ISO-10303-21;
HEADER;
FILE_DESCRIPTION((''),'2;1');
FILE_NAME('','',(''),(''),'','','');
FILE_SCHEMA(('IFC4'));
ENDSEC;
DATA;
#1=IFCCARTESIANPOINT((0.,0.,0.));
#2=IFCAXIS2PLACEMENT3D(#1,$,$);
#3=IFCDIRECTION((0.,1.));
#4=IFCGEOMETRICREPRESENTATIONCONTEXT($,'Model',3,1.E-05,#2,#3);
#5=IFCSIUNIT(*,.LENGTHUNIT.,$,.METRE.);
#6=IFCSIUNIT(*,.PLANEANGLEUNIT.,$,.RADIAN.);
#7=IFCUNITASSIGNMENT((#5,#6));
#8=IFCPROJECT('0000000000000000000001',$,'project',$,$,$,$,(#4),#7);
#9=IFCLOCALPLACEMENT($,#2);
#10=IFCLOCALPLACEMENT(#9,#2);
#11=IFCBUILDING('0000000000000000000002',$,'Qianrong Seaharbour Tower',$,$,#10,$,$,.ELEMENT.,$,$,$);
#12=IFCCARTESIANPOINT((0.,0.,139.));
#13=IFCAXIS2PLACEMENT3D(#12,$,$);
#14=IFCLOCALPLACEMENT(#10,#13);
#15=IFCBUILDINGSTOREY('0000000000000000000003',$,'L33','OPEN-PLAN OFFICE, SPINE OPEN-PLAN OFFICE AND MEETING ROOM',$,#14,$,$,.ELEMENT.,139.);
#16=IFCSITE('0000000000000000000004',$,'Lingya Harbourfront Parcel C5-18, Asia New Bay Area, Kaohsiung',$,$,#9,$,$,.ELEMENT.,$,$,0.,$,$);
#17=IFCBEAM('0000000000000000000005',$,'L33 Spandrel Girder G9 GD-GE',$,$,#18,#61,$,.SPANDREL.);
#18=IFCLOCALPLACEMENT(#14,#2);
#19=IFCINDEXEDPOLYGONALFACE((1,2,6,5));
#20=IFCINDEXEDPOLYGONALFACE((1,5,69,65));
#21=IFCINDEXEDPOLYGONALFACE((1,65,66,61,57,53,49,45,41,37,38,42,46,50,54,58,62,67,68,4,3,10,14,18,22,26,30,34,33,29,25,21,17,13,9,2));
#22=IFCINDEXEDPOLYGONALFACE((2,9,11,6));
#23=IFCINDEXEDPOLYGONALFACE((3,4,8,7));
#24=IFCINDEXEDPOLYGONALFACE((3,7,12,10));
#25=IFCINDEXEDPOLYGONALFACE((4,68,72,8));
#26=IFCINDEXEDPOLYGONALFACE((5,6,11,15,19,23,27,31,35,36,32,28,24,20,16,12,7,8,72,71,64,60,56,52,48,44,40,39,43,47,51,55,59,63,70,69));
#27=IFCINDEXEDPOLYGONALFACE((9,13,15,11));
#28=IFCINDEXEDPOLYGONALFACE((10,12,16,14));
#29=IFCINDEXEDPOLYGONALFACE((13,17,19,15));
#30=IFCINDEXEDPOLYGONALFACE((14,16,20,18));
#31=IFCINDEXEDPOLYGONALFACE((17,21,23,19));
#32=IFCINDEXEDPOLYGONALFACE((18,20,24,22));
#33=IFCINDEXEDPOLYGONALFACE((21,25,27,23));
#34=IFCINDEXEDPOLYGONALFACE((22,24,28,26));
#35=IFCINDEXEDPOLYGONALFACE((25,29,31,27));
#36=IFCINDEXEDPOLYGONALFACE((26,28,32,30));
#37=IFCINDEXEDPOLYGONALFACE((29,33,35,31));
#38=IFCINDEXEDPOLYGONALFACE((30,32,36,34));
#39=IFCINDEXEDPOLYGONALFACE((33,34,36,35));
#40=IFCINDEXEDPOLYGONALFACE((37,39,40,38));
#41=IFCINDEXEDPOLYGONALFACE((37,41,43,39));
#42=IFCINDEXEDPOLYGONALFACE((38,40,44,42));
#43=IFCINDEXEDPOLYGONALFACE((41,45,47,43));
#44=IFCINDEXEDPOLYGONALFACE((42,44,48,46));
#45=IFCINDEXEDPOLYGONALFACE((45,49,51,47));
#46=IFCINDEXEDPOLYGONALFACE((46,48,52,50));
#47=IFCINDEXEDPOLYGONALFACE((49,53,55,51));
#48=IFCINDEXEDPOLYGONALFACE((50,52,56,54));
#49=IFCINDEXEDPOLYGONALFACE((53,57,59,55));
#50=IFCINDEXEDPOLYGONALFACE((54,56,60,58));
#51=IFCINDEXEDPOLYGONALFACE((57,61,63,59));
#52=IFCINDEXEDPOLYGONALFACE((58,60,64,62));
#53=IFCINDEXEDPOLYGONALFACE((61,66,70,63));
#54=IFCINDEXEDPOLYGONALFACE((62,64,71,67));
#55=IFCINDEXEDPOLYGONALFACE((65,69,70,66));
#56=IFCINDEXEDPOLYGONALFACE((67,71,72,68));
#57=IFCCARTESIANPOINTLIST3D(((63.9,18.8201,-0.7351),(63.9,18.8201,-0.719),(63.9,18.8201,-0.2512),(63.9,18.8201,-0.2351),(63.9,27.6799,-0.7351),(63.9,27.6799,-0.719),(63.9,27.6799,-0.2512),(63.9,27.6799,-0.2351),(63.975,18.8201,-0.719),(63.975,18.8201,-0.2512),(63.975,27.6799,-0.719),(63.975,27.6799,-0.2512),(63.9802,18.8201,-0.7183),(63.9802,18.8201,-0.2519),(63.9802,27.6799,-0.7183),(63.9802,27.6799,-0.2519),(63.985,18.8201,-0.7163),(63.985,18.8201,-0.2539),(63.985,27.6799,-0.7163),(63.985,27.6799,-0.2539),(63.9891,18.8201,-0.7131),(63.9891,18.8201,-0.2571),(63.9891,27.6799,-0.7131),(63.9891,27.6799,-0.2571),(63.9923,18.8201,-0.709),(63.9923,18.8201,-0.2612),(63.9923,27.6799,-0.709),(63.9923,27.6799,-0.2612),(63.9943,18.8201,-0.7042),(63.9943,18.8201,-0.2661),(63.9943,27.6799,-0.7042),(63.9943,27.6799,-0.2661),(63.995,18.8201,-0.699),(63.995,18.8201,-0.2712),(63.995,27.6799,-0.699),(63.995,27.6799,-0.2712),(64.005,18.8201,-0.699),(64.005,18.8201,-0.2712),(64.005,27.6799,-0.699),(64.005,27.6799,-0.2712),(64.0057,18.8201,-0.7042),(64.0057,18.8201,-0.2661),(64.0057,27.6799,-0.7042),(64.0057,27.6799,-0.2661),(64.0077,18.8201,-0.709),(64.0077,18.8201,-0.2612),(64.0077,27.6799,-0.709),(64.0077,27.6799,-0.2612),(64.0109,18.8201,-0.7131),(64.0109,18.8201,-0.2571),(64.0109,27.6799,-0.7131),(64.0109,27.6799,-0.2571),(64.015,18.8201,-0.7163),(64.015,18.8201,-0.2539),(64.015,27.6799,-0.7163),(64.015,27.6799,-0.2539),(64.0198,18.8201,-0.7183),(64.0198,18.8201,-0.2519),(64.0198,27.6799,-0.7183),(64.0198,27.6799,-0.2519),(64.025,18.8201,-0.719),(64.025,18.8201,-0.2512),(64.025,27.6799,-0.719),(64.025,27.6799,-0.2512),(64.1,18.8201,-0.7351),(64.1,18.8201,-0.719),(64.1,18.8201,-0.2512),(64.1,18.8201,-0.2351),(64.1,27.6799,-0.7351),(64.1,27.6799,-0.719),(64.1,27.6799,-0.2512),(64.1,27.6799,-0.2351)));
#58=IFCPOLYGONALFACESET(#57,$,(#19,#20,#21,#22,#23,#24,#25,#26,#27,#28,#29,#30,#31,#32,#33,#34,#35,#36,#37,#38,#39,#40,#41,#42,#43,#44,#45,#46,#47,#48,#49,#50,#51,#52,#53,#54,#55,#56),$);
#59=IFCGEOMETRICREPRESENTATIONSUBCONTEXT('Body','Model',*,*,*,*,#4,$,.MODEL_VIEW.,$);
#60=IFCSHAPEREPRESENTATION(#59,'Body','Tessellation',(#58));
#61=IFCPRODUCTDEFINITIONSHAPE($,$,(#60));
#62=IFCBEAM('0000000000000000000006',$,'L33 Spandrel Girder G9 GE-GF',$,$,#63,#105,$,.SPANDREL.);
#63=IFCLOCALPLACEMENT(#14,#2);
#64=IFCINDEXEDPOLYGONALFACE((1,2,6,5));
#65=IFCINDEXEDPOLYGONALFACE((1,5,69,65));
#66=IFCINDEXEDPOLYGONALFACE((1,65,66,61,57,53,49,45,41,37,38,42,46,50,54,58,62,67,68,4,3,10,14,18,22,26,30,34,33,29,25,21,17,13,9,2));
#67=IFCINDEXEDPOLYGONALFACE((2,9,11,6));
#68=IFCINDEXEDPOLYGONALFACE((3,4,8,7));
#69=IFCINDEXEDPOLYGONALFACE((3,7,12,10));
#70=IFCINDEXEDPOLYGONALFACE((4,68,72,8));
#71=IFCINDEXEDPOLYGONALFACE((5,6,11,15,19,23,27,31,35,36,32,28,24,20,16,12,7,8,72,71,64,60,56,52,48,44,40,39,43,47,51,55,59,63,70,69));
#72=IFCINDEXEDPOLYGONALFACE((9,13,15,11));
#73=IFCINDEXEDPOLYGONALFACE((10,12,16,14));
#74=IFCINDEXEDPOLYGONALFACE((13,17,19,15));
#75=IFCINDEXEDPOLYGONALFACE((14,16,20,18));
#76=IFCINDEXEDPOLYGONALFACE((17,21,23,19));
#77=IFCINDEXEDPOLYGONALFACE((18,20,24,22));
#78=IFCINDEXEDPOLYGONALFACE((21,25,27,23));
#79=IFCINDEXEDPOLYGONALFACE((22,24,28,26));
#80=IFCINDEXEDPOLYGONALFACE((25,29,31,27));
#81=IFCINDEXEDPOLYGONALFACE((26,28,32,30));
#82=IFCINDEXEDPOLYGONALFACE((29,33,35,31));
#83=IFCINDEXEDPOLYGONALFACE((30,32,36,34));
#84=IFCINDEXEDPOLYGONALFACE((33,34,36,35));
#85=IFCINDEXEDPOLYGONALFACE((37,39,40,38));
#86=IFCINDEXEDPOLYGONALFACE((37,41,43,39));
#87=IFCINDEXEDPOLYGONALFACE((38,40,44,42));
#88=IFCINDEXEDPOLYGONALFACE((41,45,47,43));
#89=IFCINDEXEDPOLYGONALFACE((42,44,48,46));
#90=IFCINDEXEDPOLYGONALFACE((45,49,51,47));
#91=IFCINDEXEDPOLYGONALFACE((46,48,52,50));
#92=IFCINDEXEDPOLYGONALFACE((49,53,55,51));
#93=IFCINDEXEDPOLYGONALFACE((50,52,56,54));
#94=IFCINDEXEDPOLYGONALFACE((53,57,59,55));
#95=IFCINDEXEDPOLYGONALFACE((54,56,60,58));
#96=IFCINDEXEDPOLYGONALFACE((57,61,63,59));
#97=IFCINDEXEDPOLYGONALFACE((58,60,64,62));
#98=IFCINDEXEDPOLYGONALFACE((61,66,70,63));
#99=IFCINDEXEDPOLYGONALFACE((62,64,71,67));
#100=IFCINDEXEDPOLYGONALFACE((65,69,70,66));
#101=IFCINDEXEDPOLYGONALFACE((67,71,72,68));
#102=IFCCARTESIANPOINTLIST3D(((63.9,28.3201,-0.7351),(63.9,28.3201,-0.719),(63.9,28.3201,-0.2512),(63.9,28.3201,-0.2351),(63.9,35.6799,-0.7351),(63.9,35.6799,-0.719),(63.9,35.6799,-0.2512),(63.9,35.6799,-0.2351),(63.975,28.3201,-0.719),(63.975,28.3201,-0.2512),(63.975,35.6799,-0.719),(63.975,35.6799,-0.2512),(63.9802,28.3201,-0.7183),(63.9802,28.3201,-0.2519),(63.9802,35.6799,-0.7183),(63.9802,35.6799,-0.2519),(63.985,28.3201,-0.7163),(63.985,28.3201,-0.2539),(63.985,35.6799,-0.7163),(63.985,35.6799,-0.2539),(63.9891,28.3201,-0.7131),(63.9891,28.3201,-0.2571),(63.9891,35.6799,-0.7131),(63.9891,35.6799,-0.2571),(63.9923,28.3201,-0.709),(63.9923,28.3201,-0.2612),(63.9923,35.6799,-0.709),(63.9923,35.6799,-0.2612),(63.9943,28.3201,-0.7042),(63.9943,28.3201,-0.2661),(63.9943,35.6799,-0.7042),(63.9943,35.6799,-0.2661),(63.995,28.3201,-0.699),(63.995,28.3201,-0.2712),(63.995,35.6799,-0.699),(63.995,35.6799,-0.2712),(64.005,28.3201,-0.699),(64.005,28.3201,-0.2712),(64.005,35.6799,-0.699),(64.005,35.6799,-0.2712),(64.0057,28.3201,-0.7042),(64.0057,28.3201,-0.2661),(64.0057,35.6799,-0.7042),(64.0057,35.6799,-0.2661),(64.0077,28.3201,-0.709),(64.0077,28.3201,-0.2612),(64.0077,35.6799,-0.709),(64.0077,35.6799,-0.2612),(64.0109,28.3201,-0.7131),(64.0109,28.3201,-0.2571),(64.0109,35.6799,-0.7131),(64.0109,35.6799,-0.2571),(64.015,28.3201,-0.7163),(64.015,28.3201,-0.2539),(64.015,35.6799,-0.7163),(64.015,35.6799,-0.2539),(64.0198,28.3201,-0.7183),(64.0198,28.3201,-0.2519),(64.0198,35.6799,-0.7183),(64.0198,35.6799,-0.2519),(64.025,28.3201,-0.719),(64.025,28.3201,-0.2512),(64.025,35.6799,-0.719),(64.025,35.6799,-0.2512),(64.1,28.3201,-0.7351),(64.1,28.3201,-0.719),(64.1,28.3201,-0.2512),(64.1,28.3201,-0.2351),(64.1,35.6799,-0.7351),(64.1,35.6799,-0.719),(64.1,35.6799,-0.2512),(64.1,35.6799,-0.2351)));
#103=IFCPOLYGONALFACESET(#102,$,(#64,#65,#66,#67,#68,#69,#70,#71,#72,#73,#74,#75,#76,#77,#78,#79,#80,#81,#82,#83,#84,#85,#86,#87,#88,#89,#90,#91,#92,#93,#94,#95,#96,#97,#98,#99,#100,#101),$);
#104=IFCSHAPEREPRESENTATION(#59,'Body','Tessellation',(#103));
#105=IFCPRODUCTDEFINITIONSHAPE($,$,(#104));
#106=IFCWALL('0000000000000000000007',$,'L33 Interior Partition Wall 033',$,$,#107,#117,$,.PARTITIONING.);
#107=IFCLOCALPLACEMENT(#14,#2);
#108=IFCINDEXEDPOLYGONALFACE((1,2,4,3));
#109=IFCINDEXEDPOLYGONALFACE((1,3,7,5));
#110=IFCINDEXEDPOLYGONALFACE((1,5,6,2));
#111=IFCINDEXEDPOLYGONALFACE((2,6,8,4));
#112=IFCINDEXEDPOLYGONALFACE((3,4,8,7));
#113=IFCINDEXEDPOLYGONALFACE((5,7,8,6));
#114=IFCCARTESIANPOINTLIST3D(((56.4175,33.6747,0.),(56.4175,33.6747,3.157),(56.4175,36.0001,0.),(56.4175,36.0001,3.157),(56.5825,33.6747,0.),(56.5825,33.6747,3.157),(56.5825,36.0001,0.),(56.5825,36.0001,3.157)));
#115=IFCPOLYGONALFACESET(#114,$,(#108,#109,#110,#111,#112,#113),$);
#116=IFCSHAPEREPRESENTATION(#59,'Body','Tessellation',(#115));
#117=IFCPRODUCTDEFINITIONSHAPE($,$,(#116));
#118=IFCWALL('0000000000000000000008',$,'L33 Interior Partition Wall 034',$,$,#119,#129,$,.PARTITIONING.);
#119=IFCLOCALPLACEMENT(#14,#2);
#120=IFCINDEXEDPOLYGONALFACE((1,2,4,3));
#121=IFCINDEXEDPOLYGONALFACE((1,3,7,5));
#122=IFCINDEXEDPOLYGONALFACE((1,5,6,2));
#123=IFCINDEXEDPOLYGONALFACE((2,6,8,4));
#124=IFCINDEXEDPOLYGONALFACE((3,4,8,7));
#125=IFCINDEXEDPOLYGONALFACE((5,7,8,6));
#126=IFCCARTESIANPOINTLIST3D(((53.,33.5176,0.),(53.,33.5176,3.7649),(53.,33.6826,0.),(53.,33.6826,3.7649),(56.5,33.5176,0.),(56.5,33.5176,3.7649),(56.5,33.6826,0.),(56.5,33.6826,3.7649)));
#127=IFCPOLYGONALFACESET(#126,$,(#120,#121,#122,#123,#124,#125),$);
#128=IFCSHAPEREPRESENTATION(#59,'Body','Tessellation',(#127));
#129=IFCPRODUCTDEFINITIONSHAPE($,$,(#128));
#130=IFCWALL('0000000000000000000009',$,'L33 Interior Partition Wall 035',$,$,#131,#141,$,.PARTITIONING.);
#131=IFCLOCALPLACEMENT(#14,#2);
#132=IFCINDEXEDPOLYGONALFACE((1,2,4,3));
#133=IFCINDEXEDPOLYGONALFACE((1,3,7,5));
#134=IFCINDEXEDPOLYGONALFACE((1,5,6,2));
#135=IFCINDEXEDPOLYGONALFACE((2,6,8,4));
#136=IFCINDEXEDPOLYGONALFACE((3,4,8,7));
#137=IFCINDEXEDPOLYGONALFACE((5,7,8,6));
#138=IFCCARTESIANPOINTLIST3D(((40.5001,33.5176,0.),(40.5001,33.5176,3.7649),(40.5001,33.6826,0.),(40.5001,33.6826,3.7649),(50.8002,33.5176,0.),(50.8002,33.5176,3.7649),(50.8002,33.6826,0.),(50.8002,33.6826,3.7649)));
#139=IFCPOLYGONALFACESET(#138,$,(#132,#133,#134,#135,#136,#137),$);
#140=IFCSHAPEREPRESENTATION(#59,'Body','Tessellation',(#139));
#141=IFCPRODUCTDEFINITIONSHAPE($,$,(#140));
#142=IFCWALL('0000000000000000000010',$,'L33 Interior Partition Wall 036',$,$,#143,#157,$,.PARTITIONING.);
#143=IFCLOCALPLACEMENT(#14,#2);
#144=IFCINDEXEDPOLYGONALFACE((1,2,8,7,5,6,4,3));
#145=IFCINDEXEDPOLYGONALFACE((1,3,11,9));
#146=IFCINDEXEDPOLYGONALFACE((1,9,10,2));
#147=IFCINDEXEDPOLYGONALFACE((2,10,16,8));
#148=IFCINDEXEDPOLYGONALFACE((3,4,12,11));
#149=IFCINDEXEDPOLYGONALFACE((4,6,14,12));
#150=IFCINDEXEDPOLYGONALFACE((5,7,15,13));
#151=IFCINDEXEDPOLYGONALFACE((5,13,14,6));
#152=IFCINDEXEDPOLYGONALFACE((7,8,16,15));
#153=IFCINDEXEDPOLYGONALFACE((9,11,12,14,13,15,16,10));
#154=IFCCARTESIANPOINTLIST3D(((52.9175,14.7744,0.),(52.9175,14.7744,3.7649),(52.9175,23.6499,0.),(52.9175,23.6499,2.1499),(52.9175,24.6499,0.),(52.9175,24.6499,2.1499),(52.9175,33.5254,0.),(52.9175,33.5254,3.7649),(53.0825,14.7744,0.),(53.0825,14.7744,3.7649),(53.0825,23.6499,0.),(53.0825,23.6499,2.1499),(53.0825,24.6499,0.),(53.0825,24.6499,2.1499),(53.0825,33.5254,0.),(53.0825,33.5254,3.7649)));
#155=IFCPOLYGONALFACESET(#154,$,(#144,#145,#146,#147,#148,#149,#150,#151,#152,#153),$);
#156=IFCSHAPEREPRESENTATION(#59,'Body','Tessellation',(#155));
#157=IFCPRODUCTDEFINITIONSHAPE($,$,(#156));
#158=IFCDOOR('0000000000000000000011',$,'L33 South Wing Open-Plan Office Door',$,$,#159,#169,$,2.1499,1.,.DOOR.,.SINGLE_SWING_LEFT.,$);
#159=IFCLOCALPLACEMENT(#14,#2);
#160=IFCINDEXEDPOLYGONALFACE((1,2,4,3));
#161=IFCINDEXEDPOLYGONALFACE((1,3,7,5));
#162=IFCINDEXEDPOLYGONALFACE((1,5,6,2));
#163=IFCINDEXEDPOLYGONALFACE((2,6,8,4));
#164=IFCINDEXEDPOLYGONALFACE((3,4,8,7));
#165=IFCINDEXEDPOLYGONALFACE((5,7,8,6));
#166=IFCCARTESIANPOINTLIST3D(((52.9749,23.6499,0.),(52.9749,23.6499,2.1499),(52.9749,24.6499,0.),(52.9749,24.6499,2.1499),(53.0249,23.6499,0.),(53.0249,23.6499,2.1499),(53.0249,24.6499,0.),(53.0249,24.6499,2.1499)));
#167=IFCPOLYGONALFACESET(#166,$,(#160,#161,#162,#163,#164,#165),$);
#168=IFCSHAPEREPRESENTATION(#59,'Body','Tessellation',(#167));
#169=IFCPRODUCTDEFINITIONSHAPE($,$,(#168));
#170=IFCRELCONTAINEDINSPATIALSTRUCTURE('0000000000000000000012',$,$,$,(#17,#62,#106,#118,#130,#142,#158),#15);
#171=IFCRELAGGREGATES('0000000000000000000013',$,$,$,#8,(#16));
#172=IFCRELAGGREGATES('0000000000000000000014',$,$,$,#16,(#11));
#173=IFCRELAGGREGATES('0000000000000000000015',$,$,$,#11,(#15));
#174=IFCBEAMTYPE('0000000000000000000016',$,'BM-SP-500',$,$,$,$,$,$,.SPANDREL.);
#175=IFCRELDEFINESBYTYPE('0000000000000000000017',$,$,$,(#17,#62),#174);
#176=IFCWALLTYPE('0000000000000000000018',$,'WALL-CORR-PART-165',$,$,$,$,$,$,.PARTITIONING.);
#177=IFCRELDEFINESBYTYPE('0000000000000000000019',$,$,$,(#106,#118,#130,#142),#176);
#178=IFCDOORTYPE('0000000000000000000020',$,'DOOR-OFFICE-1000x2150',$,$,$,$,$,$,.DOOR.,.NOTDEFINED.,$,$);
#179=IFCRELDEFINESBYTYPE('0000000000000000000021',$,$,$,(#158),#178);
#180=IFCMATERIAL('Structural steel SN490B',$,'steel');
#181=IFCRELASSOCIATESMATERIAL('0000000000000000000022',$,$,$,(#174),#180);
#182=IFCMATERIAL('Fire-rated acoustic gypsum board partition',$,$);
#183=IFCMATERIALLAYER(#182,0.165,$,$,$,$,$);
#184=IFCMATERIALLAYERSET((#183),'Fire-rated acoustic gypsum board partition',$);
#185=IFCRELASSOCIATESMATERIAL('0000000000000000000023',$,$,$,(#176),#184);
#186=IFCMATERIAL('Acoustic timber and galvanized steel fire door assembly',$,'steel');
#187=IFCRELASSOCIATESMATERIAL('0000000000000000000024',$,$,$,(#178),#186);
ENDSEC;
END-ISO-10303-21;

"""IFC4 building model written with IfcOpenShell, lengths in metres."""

from ifc_helpers import new_model, si_unit, direction, frame, frame_2d, origin, origin_2d, place, context, subcontext, project, spatial, rectangle, i_section, extrude, material, layer, layer_set, material_profile, profile_set, type_object, element, fill, save


model = new_model("IFC4")

# Units and contexts
model_context = context("Model", 3, precision=1e-05, world=origin(), true_north=direction((0.0, 1.0)))
body_context = subcontext(model_context, "Body", "Model", "MODEL_VIEW")
ifc_project = project(units=[si_unit("LENGTHUNIT", "METRE"), si_unit("PLANEANGLEUNIT", "RADIAN")], contexts=[model_context])

# Site, building, storey
site_placement = place(None, origin())
site = spatial("IfcSite", under=ifc_project, at=site_placement, Name="Lingya Harbourfront Parcel C5-18, Asia New Bay Area, Kaohsiung", CompositionType="ELEMENT", RefElevation=0.0)
building_placement = place(site_placement, origin())
building = spatial("IfcBuilding", under=site, at=building_placement, Name="Qianrong Seaharbour Tower", CompositionType="ELEMENT")
storey_placement = place(building_placement, frame((0.0, 0.0, 139.0)))
storey = spatial("IfcBuildingStorey", under=building, at=storey_placement, Name="L33", Description="OPEN-PLAN OFFICE, SPINE OPEN-PLAN OFFICE AND MEETING ROOM", CompositionType="ELEMENT", Elevation=139.0)

# Shared definitions
ifc_material_1 = material(Name="Structural steel SN490B", Category="steel")

# Beams
ifc_material_profile_1 = material_profile(ifc_material_1, i_section(OverallWidth=0.2, OverallDepth=0.5, WebThickness=0.01, FlangeThickness=0.0161, FilletRadius=0.02, at=origin_2d()), Name="H500x200x10x16")
ifc_profile_set_1 = profile_set([ifc_material_profile_1], Name="Structural steel SN490B")
beam_type_1 = type_object("IfcBeamType", Name="BM-SP-500", PredefinedType="SPANDREL", material=ifc_profile_set_1)
beam_1_placement = place(storey_placement, frame((64.0, 18.8201, -0.4851), z_axis=(0.0, 1.0, 0.0), x_axis=(-1.0, 0.0, 0.0)))
element("IfcBeam", 1, at=beam_1_placement, inside=storey, type_object=beam_type_1, Name="L33 Spandrel Girder G9 GD-GE", PredefinedType="SPANDREL", context=body_context, shape_type="SweptSolid", body=[
    extrude(i_section(OverallWidth=0.2, OverallDepth=0.5, WebThickness=0.01, FlangeThickness=0.0161, FilletRadius=0.02, at=origin_2d()), origin(), (0.0, 0.0, 1.0), 8.8599),
])
beam_2_placement = place(storey_placement, frame((64.0, 28.3201, -0.4851), z_axis=(0.0, 1.0, 0.0), x_axis=(-1.0, 0.0, 0.0)))
element("IfcBeam", 2, at=beam_2_placement, inside=storey, type_object=beam_type_1, Name="L33 Spandrel Girder G9 GE-GF", PredefinedType="SPANDREL", context=body_context, shape_type="SweptSolid", body=[
    extrude(i_section(OverallWidth=0.2, OverallDepth=0.5, WebThickness=0.01, FlangeThickness=0.0161, FilletRadius=0.02, at=origin_2d()), origin(), (0.0, 0.0, 1.0), 7.3599),
])

# Walls
ifc_material_2 = material(Name="Fire-rated acoustic gypsum board partition")
ifc_layer_1 = layer(ifc_material_2, 0.165)
ifc_layer_set_1 = layer_set([ifc_layer_1], Name="Fire-rated acoustic gypsum board partition")
wall_type_1 = type_object("IfcWallType", Name="WALL-CORR-PART-165", PredefinedType="PARTITIONING", material=ifc_layer_set_1)
wall_1_placement = place(storey_placement, frame((56.5, 36.0, 0.0), z_axis=(0.0, 0.0, 1.0), x_axis=(0.0, -1.0, 0.0)))
element("IfcWall", 3, at=wall_1_placement, inside=storey, type_object=wall_type_1, Name="L33 Interior Partition Wall 033", PredefinedType="PARTITIONING", context=body_context, shape_type="SweptSolid", body=[
    extrude(rectangle(XDim=2.3254, YDim=0.165, at=frame_2d((1.1626, 0.0))), origin(), (0.0, 0.0, 1.0), 3.157),
])
wall_2_placement = place(storey_placement, frame((56.5, 33.6001, 0.0), z_axis=(0.0, 0.0, 1.0), x_axis=(-1.0, 0.0, 0.0)))
element("IfcWall", 4, at=wall_2_placement, inside=storey, type_object=wall_type_1, Name="L33 Interior Partition Wall 034", PredefinedType="PARTITIONING", context=body_context, shape_type="SweptSolid", body=[
    extrude(rectangle(XDim=3.5, YDim=0.165, at=frame_2d((1.75, 0.0))), origin(), (0.0, 0.0, 1.0), 3.7649),
])
wall_3_placement = place(storey_placement, frame((50.8, 33.6001, 0.0), z_axis=(0.0, 0.0, 1.0), x_axis=(-1.0, 0.0, 0.0)))
element("IfcWall", 5, at=wall_3_placement, inside=storey, type_object=wall_type_1, Name="L33 Interior Partition Wall 035", PredefinedType="PARTITIONING", context=body_context, shape_type="SweptSolid", body=[
    extrude(rectangle(XDim=10.3, YDim=0.165, at=frame_2d((5.1499, 0.0))), origin(), (0.0, 0.0, 1.0), 3.7649),
])

# Wall, opening, door
wall_4_placement = place(storey_placement, frame((53.0, 33.5254, 0.0), z_axis=(0.0, 0.0, 1.0), x_axis=(0.0, -1.0, 0.0)))
wall_4 = element("IfcWall", 6, at=wall_4_placement, inside=storey, type_object=wall_type_1, Name="L33 Interior Partition Wall 036", PredefinedType="PARTITIONING", context=body_context, shape_type="SweptSolid", body=[
    extrude(rectangle(XDim=18.751, YDim=0.165, at=frame_2d((9.3755, 0.0))), origin(), (0.0, 0.0, 1.0), 3.7649),
])
opening_1_placement = place(wall_4_placement, frame((8.8755, 0.0, 0.0)))
opening_1 = element("IfcOpeningElement", 7, at=opening_1_placement, cuts=wall_4, PredefinedType="OPENING", context=body_context, shape_type="SweptSolid", body=[
    extrude(rectangle(XDim=1.0, YDim=2.1499, at=frame_2d((0.5, 1.075))), frame((0.0, 0.0925, 0.0), z_axis=(0.0, -1.0, 0.0), x_axis=(1.0, 0.0, 0.0)), (0.0, 0.0, 1.0), 0.1851),
])
ifc_material_3 = material(Name="Acoustic timber and galvanized steel fire door assembly", Category="steel")
door_type = type_object("IfcDoorType", Name="DOOR-OFFICE-1000x2150", OperationType="NOTDEFINED", PredefinedType="DOOR", material=ifc_material_3)
door_placement = place(opening_1_placement, origin())
door = element("IfcDoor", 8, at=door_placement, inside=storey, type_object=door_type, Name="L33 South Wing Open-Plan Office Door", OperationType="SINGLE_SWING_LEFT", OverallHeight=2.1499, OverallWidth=1.0, PredefinedType="DOOR", context=body_context, shape_type="SweptSolid", body=[
    extrude(rectangle(XDim=1.0, YDim=2.1499, at=frame_2d((0.5, 1.075))), frame((0.0, 0.0249, 0.0), z_axis=(0.0, -1.0, 0.0), x_axis=(1.0, 0.0, 0.0)), (0.0, 0.0, 1.0), 0.05),
])
fill(opening_1, door)

save(model, "model.ifc")
